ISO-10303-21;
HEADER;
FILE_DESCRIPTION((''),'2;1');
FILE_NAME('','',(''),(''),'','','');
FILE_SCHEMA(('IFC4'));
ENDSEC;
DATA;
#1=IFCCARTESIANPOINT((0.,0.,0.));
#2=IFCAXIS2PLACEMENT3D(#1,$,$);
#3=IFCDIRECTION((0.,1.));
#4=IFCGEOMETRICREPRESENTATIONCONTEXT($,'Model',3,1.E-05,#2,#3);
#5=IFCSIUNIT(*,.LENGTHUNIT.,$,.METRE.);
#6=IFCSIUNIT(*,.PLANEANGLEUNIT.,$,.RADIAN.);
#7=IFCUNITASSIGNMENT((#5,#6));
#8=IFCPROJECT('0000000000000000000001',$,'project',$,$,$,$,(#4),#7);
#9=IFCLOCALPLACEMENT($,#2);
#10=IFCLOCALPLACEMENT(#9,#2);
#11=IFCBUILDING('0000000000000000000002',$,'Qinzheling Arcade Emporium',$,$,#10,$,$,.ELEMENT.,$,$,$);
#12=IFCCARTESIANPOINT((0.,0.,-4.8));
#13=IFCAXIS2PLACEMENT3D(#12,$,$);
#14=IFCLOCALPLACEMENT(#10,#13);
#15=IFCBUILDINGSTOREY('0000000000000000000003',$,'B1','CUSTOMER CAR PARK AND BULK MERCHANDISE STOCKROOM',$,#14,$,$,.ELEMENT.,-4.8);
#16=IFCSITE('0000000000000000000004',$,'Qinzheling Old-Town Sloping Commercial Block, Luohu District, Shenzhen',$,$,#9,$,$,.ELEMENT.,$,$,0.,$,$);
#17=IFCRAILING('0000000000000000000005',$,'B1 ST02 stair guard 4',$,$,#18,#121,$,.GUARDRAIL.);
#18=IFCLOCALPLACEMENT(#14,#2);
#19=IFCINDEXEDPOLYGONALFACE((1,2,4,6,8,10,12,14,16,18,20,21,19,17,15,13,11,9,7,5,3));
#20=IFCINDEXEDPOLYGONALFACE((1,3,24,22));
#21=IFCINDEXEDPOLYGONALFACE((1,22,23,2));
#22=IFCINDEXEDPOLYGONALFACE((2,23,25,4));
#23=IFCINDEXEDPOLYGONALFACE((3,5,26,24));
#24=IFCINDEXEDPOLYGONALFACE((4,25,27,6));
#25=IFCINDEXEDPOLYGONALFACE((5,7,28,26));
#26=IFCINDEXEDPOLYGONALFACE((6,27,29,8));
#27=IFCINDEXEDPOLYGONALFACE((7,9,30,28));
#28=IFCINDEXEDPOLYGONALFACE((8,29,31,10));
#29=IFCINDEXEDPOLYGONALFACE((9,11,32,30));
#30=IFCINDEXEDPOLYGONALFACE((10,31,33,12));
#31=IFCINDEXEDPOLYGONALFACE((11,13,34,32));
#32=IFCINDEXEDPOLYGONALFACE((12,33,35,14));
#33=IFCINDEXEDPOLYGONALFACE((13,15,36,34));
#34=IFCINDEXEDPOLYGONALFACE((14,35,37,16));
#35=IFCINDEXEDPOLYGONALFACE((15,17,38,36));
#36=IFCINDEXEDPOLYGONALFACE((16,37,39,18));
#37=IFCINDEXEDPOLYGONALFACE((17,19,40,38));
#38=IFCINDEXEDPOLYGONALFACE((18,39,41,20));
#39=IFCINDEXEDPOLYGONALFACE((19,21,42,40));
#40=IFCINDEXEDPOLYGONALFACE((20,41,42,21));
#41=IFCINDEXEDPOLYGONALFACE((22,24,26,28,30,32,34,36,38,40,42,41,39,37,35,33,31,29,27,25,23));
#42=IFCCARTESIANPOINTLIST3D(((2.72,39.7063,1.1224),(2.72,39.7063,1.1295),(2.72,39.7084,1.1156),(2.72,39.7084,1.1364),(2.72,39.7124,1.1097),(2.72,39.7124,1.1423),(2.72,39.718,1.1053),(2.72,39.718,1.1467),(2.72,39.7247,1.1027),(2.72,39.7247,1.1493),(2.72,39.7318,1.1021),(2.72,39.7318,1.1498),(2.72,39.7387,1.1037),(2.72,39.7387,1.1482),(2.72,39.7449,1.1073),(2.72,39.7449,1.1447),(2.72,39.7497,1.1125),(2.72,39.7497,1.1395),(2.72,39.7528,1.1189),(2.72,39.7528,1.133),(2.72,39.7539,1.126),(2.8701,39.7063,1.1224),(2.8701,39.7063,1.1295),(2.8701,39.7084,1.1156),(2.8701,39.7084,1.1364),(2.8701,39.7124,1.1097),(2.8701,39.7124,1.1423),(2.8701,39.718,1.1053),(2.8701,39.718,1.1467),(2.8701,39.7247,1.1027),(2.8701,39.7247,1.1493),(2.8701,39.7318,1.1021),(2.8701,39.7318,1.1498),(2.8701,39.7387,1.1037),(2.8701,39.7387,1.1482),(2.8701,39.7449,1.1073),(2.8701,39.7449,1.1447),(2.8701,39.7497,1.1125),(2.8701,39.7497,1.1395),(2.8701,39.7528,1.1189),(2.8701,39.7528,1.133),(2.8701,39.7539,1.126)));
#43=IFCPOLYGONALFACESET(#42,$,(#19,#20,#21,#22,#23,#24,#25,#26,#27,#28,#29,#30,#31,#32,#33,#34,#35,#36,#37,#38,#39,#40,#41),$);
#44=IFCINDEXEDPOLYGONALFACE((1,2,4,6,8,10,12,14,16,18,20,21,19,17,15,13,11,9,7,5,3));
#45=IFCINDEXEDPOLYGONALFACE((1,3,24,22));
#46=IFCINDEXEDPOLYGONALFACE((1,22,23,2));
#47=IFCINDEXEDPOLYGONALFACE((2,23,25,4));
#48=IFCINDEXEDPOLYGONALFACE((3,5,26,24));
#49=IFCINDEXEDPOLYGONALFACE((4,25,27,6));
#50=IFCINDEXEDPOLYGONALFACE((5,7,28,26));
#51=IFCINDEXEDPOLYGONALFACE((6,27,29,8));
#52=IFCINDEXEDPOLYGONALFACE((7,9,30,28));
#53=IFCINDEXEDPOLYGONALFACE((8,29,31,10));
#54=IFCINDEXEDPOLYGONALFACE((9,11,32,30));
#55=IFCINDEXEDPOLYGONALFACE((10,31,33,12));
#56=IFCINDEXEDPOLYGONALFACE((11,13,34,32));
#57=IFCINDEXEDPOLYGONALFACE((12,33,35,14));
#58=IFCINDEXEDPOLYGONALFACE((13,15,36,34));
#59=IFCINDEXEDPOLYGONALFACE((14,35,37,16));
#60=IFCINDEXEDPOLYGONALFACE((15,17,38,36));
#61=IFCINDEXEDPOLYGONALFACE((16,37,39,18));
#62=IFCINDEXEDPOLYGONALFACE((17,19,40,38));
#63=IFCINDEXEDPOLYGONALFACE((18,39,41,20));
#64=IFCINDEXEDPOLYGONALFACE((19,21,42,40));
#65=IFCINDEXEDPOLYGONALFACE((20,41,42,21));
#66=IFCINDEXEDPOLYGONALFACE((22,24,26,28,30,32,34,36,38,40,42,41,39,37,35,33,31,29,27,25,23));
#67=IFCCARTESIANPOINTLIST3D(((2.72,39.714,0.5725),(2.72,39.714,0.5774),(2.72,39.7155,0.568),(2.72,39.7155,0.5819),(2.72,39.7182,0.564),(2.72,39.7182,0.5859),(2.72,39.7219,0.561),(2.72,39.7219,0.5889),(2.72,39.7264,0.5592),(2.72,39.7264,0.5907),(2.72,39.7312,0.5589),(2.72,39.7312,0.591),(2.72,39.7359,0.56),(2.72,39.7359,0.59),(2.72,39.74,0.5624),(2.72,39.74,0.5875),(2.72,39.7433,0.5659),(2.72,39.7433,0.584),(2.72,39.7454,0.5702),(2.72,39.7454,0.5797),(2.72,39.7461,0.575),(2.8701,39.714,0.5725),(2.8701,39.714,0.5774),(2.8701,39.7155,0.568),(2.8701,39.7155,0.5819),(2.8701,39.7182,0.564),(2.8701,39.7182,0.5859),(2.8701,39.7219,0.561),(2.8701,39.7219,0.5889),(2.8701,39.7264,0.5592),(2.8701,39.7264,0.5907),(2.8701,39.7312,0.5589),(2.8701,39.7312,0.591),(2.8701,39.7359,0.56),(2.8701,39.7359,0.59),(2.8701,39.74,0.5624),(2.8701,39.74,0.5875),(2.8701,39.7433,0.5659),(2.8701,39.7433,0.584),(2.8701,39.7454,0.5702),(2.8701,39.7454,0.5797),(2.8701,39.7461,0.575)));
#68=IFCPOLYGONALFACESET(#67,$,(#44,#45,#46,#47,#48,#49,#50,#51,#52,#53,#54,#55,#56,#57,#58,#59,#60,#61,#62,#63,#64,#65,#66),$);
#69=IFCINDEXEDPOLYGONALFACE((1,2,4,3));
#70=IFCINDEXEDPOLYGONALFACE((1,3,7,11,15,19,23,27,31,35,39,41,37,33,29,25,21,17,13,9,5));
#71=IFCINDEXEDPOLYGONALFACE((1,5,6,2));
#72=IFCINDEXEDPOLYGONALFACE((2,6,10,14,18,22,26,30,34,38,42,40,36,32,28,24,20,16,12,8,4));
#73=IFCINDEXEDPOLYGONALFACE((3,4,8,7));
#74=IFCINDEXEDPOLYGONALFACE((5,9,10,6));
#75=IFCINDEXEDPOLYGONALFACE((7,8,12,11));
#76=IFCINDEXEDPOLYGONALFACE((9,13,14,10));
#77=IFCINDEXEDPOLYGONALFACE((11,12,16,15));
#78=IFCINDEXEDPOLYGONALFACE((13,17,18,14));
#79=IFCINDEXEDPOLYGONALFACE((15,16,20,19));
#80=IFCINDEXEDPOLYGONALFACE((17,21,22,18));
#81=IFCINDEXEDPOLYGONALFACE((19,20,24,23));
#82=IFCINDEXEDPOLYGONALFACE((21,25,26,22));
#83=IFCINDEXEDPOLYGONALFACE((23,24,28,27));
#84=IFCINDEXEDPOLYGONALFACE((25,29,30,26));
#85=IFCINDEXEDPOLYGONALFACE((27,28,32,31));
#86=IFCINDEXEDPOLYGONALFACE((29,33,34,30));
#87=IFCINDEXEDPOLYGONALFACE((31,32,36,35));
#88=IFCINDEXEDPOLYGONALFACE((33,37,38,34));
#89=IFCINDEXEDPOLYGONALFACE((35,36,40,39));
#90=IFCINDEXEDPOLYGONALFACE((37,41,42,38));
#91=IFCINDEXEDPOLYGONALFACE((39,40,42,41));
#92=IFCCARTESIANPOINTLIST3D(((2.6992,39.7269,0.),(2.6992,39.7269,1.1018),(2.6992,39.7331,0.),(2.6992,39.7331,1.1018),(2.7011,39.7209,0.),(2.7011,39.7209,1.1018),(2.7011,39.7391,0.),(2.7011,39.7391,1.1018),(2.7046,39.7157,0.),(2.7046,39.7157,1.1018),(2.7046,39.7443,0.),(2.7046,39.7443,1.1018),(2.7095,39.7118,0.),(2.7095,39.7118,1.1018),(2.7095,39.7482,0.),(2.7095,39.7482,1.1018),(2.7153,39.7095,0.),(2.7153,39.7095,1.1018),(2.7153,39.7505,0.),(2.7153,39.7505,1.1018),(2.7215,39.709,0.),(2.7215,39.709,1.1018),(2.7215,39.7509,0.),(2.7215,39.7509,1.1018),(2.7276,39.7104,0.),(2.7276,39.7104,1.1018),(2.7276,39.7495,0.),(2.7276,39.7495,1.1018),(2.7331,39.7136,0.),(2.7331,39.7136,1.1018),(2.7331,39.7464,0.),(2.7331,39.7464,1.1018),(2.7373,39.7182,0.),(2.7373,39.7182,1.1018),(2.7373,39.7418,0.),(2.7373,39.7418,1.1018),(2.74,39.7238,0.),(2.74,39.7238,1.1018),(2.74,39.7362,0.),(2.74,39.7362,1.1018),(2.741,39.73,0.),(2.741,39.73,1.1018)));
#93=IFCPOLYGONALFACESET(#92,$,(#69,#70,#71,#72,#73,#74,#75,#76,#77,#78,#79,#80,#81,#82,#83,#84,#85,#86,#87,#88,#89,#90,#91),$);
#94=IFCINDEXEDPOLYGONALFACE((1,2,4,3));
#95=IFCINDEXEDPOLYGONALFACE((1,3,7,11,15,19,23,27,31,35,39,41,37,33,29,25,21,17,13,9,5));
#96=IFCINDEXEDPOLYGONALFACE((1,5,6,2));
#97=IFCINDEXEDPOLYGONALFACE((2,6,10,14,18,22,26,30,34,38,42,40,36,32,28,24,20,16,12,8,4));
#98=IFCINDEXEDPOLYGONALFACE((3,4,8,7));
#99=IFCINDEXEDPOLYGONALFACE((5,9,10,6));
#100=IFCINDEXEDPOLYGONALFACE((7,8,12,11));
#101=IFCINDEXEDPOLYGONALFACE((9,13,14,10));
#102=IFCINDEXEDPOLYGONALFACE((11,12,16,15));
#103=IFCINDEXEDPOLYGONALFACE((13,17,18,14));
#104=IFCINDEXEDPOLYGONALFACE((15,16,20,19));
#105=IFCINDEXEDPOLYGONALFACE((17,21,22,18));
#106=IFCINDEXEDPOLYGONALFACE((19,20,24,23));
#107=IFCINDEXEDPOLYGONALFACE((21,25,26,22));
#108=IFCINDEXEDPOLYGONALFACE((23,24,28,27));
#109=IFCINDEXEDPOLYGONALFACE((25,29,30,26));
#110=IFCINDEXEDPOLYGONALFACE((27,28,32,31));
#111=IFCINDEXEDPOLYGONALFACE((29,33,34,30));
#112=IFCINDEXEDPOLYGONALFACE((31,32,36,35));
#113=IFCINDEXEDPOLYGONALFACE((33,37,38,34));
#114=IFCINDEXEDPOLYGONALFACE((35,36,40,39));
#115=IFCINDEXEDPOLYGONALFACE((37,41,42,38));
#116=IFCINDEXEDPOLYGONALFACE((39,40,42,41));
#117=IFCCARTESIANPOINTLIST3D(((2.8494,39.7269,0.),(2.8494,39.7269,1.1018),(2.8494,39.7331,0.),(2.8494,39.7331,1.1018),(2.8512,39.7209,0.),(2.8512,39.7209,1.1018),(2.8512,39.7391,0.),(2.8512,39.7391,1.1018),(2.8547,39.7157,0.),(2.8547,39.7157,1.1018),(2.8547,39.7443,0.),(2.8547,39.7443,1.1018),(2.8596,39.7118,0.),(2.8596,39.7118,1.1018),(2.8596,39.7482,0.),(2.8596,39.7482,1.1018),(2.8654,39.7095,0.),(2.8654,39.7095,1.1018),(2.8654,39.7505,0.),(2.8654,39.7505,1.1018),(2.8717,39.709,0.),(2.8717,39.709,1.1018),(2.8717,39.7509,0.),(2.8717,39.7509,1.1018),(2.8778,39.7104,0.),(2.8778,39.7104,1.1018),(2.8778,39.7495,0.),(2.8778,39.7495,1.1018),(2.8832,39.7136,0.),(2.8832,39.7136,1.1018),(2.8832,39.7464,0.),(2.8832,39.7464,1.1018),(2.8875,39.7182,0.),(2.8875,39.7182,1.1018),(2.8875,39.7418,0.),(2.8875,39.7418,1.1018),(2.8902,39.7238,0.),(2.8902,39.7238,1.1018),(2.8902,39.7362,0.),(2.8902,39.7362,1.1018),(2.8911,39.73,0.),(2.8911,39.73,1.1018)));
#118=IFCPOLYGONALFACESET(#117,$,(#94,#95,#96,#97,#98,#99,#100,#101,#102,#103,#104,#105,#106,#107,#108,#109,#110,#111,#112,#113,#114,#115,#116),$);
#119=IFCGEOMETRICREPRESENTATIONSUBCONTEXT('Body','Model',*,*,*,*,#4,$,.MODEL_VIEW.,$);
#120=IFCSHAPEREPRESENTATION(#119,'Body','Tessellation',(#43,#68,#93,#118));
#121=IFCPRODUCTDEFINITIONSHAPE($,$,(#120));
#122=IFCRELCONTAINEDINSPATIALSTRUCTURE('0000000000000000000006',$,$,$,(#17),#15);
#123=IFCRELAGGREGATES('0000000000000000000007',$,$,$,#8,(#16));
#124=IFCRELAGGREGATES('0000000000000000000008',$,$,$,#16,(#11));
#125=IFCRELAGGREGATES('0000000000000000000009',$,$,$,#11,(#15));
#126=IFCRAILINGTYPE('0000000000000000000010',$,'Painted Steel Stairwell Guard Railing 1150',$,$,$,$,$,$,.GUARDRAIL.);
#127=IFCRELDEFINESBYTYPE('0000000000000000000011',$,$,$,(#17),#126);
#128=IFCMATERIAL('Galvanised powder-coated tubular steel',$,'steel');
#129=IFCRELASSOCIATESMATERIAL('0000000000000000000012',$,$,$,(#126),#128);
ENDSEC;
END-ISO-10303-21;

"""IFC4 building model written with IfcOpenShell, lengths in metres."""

from ifc_helpers import new_model, si_unit, direction, frame, origin, origin_2d, place, context, subcontext, project, spatial, circle, extrude, material, type_object, element, save


model = new_model("IFC4")

# Units and contexts
model_context = context("Model", 3, precision=1e-05, world=origin(), true_north=direction((0.0, 1.0)))
body_context = subcontext(model_context, "Body", "Model", "MODEL_VIEW")
ifc_project = project(units=[si_unit("LENGTHUNIT", "METRE"), si_unit("PLANEANGLEUNIT", "RADIAN")], contexts=[model_context])

# Site, building, storey
site_placement = place(None, origin())
site = spatial("IfcSite", under=ifc_project, at=site_placement, Name="Qinzheling Old-Town Sloping Commercial Block, Luohu District, Shenzhen", CompositionType="ELEMENT", RefElevation=0.0)
building_placement = place(site_placement, origin())
building = spatial("IfcBuilding", under=site, at=building_placement, Name="Qinzheling Arcade Emporium", CompositionType="ELEMENT")
storey_placement = place(building_placement, frame((0.0, 0.0, -4.8)))
storey = spatial("IfcBuildingStorey", under=building, at=storey_placement, Name="B1", Description="CUSTOMER CAR PARK AND BULK MERCHANDISE STOCKROOM", CompositionType="ELEMENT", Elevation=-4.8)

# Railing
ifc_material_1 = material(Name="Galvanised powder-coated tubular steel", Category="steel")
railing_type_1 = type_object("IfcRailingType", Name="Painted Steel Stairwell Guard Railing 1150", PredefinedType="GUARDRAIL", material=ifc_material_1)
railing_1_placement = place(storey_placement, frame((2.72, 39.73, 0.0)))
element("IfcRailing", 1, at=railing_1_placement, inside=storey, type_object=railing_type_1, Name="B1 ST02 stair guard 4", PredefinedType="GUARDRAIL", context=body_context, shape_type="SweptSolid", body=[
    extrude(circle(Radius=0.0239, at=origin_2d()), frame((0.0, 0.0, 1.126), z_axis=(1.0, 0.0, 0.0), x_axis=(0.0, 1.0, 0.0)), (0.0, 0.0, 1.0), 0.1501),
    extrude(circle(Radius=0.0161, at=origin_2d()), frame((0.0, 0.0, 0.575), z_axis=(1.0, 0.0, 0.0), x_axis=(0.0, 1.0, 0.0)), (0.0, 0.0, 1.0), 0.1501),
    extrude(circle(Radius=0.021, at=origin_2d()), origin(), (0.0, 0.0, 1.0), 1.1018),
    extrude(circle(Radius=0.021, at=origin_2d()), frame((0.1501, 0.0, 0.0)), (0.0, 0.0, 1.0), 1.1018),
])

save(model, "model.ifc")
